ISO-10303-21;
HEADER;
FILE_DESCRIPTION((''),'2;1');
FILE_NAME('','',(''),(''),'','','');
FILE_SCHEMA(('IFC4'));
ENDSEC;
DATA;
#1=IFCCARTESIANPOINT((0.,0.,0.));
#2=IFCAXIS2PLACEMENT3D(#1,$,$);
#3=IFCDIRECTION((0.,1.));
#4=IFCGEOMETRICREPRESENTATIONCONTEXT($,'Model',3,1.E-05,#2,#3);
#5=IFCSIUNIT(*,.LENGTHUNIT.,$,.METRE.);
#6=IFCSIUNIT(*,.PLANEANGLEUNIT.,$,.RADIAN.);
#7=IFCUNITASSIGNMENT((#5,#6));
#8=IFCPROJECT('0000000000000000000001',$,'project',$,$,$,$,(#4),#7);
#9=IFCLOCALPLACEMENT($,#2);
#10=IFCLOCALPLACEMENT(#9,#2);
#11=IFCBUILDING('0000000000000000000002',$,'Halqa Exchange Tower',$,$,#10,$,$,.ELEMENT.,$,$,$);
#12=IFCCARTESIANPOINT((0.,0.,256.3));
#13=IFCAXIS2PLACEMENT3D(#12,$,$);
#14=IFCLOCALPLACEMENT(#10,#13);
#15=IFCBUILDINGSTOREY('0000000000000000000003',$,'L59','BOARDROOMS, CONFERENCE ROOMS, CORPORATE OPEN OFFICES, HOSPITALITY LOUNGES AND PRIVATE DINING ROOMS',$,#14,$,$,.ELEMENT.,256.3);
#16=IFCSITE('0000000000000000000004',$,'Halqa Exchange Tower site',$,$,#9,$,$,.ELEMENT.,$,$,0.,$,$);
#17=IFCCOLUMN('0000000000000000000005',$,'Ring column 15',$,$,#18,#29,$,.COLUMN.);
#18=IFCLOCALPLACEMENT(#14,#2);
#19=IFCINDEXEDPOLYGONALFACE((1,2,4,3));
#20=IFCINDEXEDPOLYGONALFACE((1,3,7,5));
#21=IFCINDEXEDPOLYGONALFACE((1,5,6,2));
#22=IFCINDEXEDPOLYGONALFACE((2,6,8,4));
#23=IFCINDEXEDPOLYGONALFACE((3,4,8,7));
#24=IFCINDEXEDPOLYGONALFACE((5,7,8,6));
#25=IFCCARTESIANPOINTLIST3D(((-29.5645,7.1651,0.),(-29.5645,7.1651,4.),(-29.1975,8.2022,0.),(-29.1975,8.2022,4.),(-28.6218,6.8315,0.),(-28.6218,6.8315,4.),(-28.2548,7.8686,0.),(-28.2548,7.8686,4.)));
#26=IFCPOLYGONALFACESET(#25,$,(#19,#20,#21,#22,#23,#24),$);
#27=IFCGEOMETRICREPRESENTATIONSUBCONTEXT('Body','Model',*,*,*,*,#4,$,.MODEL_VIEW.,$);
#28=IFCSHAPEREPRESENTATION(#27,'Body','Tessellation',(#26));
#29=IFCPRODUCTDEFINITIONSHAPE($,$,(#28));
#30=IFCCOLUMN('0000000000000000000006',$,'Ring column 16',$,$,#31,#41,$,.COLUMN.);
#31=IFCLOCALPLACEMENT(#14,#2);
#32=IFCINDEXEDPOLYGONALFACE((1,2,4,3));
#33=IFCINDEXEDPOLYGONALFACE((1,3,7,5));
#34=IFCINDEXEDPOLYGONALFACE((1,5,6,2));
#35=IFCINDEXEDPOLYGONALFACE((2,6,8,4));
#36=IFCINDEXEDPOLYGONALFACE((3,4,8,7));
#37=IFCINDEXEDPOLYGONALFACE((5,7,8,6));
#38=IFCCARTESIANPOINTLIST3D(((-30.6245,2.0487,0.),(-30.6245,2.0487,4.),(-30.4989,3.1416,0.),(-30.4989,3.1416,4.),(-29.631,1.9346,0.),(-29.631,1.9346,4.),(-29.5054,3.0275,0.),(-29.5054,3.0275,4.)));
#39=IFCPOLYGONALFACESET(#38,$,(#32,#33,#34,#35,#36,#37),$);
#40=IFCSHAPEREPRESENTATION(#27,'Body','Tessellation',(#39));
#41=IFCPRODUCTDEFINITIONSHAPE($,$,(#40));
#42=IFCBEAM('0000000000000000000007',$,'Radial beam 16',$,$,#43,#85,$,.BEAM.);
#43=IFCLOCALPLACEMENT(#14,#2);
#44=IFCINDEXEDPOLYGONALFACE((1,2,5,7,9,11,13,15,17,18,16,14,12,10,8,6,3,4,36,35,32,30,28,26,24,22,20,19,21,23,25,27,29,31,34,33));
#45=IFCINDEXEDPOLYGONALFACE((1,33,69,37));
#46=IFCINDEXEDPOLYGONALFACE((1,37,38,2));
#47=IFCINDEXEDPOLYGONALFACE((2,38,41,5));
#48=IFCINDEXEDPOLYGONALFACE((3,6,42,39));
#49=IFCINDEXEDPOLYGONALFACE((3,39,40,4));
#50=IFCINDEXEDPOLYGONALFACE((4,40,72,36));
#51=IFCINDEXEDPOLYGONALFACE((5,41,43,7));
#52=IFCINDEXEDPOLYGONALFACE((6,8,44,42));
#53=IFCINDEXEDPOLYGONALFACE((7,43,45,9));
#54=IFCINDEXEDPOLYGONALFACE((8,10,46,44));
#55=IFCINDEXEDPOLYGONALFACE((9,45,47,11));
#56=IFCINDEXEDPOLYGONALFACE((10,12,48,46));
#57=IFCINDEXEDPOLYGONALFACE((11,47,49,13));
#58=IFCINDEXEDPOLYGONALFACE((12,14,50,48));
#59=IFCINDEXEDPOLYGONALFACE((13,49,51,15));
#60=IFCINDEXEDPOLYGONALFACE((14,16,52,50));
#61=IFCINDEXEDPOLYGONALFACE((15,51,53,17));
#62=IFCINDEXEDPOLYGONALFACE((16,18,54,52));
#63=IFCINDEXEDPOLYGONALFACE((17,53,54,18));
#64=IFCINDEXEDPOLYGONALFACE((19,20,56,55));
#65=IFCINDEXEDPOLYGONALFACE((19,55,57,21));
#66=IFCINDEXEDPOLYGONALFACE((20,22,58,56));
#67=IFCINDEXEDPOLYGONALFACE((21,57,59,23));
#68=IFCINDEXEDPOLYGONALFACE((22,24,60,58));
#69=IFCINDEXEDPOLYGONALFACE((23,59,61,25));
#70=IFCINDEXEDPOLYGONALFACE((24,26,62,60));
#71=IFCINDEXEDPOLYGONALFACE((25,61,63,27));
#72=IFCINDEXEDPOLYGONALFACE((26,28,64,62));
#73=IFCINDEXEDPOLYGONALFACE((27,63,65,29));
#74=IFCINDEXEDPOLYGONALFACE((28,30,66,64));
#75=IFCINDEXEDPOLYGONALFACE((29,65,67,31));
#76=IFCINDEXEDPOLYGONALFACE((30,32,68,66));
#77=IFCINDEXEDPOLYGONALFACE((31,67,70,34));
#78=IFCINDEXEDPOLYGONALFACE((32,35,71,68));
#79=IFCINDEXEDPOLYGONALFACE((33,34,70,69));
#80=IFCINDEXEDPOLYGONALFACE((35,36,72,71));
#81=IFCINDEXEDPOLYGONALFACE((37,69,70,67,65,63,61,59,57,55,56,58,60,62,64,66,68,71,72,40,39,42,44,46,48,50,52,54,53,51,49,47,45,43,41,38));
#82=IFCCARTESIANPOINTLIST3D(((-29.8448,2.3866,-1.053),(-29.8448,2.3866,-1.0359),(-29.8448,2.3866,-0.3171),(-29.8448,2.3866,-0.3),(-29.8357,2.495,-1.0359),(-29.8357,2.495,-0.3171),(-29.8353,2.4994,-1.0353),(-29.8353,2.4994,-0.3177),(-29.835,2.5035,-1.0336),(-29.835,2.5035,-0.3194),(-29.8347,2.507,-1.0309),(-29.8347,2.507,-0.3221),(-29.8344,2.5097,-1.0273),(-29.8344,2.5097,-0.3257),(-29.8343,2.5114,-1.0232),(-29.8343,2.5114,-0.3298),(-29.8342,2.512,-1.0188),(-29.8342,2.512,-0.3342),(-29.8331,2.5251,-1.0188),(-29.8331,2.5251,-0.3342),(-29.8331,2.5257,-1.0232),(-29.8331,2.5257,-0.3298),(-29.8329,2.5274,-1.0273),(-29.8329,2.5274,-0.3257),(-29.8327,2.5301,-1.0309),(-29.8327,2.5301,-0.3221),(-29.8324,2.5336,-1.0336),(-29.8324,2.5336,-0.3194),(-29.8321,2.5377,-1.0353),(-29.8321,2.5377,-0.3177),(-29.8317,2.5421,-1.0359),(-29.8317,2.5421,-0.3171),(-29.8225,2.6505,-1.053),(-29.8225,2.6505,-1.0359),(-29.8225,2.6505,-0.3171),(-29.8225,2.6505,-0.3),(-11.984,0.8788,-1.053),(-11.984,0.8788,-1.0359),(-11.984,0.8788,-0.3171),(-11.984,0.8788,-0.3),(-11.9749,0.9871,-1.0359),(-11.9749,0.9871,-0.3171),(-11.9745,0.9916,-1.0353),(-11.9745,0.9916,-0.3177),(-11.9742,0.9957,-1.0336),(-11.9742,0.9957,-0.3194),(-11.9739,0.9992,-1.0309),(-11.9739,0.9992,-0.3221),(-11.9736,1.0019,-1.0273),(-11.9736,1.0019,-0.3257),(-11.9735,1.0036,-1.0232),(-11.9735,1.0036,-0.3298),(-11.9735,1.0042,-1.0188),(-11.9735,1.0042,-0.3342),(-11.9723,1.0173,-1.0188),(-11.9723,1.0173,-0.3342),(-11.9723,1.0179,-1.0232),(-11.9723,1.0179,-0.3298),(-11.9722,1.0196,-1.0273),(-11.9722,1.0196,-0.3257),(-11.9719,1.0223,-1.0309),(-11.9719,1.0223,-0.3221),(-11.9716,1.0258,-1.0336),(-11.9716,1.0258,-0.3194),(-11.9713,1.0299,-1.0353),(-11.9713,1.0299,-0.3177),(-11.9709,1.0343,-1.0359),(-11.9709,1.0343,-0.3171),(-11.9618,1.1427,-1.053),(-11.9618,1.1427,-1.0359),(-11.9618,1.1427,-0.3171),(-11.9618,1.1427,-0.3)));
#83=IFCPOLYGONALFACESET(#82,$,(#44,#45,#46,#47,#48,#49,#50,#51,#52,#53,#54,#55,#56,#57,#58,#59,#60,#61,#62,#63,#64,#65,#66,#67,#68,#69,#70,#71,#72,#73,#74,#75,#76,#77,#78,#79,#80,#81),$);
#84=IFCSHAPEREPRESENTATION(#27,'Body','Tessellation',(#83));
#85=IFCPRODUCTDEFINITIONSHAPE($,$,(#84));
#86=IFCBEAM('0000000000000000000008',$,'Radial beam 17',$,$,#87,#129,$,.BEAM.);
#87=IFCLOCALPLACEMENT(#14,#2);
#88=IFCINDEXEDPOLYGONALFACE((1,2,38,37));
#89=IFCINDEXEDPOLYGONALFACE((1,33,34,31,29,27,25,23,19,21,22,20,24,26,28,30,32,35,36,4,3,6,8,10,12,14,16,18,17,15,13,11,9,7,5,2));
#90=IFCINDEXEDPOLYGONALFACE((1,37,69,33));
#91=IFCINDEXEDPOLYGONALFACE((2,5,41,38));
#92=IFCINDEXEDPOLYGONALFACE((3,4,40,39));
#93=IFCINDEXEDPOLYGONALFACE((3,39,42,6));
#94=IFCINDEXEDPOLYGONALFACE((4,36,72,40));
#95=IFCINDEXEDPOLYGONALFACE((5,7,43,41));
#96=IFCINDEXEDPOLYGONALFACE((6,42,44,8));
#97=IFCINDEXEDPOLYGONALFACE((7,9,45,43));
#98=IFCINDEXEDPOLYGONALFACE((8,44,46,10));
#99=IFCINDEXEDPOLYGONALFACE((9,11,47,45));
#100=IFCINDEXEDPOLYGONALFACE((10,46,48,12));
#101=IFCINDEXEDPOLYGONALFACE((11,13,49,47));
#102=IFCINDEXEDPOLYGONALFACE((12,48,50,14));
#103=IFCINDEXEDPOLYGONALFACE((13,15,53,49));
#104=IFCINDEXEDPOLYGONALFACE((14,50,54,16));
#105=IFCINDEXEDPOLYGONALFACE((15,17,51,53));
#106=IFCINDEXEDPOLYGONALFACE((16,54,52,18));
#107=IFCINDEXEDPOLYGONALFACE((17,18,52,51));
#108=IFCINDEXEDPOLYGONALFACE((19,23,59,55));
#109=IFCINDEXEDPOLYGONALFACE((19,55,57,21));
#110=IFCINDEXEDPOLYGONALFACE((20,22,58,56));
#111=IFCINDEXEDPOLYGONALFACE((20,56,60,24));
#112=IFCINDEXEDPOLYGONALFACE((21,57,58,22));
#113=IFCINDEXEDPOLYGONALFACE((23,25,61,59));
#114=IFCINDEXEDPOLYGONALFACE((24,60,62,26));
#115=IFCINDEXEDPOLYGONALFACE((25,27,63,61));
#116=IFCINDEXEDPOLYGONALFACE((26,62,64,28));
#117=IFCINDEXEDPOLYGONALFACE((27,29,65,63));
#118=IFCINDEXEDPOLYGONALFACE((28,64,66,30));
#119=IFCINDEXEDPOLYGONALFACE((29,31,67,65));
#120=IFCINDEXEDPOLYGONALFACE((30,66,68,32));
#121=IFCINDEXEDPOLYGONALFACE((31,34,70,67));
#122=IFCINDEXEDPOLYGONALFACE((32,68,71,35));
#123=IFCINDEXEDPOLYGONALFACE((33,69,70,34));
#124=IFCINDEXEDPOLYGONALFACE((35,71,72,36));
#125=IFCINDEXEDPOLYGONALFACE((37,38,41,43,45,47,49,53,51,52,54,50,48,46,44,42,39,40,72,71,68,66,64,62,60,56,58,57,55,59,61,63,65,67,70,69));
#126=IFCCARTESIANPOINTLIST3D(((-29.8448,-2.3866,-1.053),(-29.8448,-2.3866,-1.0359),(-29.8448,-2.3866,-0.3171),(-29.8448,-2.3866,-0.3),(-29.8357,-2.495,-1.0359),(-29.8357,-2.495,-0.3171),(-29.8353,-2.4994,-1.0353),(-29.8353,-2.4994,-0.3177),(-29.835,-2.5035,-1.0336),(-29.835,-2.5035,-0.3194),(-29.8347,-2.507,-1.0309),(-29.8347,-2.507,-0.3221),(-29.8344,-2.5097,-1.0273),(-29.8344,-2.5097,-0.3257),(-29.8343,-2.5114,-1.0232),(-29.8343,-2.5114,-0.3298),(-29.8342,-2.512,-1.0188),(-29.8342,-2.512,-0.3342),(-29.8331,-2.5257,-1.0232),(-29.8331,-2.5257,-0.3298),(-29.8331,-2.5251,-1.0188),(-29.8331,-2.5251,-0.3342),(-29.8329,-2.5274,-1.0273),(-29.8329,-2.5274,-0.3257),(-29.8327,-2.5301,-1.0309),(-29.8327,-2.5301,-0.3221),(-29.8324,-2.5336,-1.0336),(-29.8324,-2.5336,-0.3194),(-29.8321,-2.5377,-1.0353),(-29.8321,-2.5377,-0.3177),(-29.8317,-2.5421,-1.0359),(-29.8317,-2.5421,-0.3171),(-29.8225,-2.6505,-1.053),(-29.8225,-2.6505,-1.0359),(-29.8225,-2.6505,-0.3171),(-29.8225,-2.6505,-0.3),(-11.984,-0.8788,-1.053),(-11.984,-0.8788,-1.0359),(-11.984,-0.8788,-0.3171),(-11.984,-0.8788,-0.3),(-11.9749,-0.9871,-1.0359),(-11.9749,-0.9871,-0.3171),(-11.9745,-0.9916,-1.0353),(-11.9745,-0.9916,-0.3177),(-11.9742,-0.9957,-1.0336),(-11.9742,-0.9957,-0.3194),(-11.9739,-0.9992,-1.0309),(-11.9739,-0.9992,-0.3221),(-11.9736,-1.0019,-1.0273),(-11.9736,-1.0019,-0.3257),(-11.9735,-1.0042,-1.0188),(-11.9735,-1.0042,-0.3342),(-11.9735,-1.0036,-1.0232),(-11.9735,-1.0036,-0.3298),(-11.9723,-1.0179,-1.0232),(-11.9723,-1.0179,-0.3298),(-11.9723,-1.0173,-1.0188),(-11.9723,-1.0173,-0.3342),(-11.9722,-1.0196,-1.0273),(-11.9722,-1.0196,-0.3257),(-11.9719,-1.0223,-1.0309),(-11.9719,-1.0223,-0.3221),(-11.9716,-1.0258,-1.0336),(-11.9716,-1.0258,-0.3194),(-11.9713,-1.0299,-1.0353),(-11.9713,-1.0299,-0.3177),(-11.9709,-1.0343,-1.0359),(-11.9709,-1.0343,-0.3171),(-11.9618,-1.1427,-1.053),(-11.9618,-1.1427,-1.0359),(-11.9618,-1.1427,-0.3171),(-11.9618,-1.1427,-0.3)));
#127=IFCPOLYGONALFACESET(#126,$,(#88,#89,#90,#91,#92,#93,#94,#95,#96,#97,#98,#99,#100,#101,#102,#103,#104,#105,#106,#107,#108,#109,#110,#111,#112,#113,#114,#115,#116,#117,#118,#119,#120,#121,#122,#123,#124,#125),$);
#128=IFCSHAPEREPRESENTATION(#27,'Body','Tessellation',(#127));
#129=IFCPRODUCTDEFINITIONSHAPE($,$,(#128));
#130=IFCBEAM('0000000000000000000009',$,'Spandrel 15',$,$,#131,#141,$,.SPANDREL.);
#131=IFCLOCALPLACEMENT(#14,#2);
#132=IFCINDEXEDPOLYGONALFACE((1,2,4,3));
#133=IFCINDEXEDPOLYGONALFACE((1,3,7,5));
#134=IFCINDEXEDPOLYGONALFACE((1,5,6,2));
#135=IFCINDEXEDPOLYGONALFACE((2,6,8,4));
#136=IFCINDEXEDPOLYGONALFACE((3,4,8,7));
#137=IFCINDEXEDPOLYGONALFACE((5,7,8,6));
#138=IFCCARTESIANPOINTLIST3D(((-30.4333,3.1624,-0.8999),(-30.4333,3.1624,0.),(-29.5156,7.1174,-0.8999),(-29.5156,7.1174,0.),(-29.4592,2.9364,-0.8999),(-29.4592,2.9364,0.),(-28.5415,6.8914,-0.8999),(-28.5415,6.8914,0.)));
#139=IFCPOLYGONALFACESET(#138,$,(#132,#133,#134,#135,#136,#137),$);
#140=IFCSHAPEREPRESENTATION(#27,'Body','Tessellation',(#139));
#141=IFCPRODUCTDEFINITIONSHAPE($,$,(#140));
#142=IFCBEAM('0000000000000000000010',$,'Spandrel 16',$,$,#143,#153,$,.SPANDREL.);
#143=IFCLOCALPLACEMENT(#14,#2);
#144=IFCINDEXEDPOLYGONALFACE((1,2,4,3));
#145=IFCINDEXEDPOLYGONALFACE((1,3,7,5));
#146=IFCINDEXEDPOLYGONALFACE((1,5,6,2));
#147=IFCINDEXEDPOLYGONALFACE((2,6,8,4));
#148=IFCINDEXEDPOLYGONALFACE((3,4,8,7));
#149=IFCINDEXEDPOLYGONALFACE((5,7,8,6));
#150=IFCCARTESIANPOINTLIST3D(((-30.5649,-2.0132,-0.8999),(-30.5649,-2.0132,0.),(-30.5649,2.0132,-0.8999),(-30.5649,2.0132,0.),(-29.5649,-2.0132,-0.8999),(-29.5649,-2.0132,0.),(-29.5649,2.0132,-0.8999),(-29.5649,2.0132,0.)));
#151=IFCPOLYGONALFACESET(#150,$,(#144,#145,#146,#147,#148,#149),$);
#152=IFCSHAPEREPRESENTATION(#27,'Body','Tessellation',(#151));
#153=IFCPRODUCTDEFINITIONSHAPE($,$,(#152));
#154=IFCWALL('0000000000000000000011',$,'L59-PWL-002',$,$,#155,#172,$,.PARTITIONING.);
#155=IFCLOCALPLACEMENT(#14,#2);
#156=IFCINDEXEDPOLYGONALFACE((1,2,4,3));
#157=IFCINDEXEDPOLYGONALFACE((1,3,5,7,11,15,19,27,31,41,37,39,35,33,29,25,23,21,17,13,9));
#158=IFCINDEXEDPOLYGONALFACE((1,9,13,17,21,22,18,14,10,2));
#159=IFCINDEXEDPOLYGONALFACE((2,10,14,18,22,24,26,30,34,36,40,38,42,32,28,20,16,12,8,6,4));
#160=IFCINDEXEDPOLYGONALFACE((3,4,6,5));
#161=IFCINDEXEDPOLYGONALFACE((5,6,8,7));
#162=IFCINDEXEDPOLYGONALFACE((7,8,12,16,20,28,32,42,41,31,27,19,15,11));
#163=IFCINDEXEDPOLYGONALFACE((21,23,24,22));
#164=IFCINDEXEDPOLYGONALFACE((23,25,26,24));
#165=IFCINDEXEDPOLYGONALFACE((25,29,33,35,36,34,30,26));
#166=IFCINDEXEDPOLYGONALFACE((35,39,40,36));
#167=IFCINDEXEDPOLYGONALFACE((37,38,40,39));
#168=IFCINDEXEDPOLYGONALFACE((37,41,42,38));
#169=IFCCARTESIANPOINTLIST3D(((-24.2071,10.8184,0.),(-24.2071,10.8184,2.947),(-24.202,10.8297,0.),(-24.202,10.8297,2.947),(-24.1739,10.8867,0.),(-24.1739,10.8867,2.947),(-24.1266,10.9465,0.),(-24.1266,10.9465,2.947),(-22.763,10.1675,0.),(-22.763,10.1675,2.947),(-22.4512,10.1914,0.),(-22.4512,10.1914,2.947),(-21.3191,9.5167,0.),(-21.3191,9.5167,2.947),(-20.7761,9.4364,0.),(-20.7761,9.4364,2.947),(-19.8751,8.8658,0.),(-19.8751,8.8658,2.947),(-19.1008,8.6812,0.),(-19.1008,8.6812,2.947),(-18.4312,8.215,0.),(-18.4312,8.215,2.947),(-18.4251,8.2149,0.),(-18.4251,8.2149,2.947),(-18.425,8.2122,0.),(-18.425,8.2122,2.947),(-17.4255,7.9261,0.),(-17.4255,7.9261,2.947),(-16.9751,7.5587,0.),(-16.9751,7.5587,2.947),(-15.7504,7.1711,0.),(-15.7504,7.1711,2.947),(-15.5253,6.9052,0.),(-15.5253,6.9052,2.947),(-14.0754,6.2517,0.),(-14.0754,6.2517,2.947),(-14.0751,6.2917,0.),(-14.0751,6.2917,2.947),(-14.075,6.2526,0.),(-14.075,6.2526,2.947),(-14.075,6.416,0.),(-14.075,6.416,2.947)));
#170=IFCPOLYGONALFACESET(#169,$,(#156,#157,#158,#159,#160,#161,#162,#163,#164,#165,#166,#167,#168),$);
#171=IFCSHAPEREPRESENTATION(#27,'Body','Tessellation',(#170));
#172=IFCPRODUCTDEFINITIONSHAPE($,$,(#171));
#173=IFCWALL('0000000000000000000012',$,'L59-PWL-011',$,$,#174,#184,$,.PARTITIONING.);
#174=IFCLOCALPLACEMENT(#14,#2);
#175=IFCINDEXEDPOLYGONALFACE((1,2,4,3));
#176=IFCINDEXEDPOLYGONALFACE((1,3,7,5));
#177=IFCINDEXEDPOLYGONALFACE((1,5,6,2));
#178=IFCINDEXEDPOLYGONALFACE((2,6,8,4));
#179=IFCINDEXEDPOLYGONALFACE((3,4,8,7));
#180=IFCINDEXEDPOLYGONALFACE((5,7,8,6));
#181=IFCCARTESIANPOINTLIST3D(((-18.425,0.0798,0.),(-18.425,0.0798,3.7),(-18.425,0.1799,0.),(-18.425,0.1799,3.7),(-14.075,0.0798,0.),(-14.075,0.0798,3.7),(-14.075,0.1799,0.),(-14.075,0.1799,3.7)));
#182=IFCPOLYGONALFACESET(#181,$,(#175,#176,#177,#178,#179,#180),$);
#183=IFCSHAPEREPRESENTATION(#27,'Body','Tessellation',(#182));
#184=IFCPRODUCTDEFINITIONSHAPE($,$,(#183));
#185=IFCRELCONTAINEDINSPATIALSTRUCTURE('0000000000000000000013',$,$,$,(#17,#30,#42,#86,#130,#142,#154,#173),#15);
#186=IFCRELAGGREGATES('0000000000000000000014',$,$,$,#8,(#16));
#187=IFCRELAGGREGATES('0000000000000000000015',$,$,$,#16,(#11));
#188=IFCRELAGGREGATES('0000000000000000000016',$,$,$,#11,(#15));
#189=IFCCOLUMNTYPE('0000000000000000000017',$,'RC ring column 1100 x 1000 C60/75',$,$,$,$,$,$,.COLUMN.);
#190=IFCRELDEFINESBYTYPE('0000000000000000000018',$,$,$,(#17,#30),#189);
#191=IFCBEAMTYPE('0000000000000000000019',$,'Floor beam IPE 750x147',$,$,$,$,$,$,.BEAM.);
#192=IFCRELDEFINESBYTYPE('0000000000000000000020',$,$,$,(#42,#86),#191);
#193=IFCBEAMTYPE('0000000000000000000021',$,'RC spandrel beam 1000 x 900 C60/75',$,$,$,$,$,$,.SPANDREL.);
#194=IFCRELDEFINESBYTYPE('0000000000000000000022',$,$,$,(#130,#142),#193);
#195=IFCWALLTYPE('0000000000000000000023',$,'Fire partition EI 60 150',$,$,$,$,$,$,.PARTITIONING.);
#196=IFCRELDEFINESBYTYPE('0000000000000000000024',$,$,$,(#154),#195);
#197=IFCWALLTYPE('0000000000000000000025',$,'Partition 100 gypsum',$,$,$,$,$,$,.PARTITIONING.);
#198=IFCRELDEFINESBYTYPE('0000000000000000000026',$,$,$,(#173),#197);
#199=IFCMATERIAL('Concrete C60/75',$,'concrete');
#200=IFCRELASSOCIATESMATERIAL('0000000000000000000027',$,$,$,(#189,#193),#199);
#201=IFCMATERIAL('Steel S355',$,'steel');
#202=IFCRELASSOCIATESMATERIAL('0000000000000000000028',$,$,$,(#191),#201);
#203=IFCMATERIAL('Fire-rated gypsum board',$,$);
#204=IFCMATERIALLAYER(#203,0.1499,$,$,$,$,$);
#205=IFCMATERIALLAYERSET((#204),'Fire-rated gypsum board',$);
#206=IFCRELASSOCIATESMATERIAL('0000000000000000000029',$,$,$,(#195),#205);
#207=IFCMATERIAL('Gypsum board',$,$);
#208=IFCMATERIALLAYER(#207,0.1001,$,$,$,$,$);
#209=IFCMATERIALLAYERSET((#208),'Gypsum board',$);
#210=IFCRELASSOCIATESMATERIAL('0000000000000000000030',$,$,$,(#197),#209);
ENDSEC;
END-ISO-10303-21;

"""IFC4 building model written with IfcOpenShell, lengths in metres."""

from ifc_helpers import new_model, si_unit, direction, frame, frame_2d, origin, origin_2d, place, context, subcontext, project, spatial, polyline, rectangle, i_section, outline, extrude, material, layer, layer_set, material_profile, profile_set, type_object, element, save


model = new_model("IFC4")

# Units and contexts
model_context = context("Model", 3, precision=1e-05, world=origin(), true_north=direction((0.0, 1.0)))
body_context = subcontext(model_context, "Body", "Model", "MODEL_VIEW")
ifc_project = project(units=[si_unit("LENGTHUNIT", "METRE"), si_unit("PLANEANGLEUNIT", "RADIAN")], contexts=[model_context])

# Site, building, storey
site_placement = place(None, origin())
site = spatial("IfcSite", under=ifc_project, at=site_placement, Name="Halqa Exchange Tower site", CompositionType="ELEMENT", RefElevation=0.0)
building_placement = place(site_placement, origin())
building = spatial("IfcBuilding", under=site, at=building_placement, Name="Halqa Exchange Tower", CompositionType="ELEMENT")
storey_placement = place(building_placement, frame((0.0, 0.0, 256.3)))
storey = spatial("IfcBuildingStorey", under=building, at=storey_placement, Name="L59", Description="BOARDROOMS, CONFERENCE ROOMS, CORPORATE OPEN OFFICES, HOSPITALITY LOUNGES AND PRIVATE DINING ROOMS", CompositionType="ELEMENT", Elevation=256.3)

# Columns
ifc_material_1 = material(Name="Concrete C60/75", Category="concrete")
ifc_material_profile_1 = material_profile(ifc_material_1, rectangle(XDim=1.1001, YDim=1.0, at=origin_2d()), Name="1100 x 1000")
ifc_profile_set_1 = profile_set([ifc_material_profile_1], Name="Concrete C60/75")
column_type = type_object("IfcColumnType", Name="RC ring column 1100 x 1000 C60/75", PredefinedType="COLUMN", material=ifc_profile_set_1)
for number, where, z_axis, x_axis, name in (
    (1, (-28.9097, 7.5168, 0.0), (0.0, 0.0, 1.0), (-0.333623, -0.942707, 0.0), "Ring column 15"),
    (2, (-30.0649, 2.5381, 0.0), (0.0, 0.0, 1.0), (-0.114159, -0.993463, 0.0), "Ring column 16"),
):
    element("IfcColumn", number, at=place(storey_placement, frame(where, z_axis=z_axis, x_axis=x_axis)), inside=storey, type_object=column_type, Name=name, PredefinedType="COLUMN", context=body_context, shape_type="SweptSolid", body=[
        extrude(rectangle(XDim=1.1001, YDim=1.0, at=origin_2d()), origin(), (0.0, 0.0, 1.0), 4.0),
    ])

# Beams
ifc_material_2 = material(Name="Steel S355", Category="steel")
ifc_material_profile_2 = material_profile(ifc_material_2, i_section(OverallWidth=0.2649, OverallDepth=0.7529, WebThickness=0.0132, FlangeThickness=0.0171, FilletRadius=0.0171, at=origin_2d()), Name="IPE 750x147")
ifc_profile_set_2 = profile_set([ifc_material_profile_2], Name="Steel S355")
beam_type_1 = type_object("IfcBeamType", Name="Floor beam IPE 750x147", PredefinedType="BEAM", material=ifc_profile_set_2)
for number, where, z_axis, x_axis, name in (
    (3, (-11.9729, 1.0107, -0.6765), (-0.996456, 0.084121, 0.0), (-0.084121, -0.996456, 0.0), "Radial beam 16"),
    (4, (-11.9729, -1.0107, -0.6765), (-0.996456, -0.084121, 0.0), (0.084121, -0.996456, 0.0), "Radial beam 17"),
):
    element("IfcBeam", number, at=place(storey_placement, frame(where, z_axis=z_axis, x_axis=x_axis)), inside=storey, type_object=beam_type_1, Name=name, PredefinedType="BEAM", context=body_context, shape_type="SweptSolid", body=[
        extrude(i_section(OverallWidth=0.2649, OverallDepth=0.7529, WebThickness=0.0132, FlangeThickness=0.0171, FilletRadius=0.0171, at=origin_2d()), origin(), (0.0, 0.0, 1.0), 17.9243),
    ])
ifc_material_profile_3 = material_profile(ifc_material_1, rectangle(XDim=1.0, YDim=0.8999, at=origin_2d()), Name="1000 x 900")
ifc_profile_set_3 = profile_set([ifc_material_profile_3], Name="Concrete C60/75")
beam_type_2 = type_object("IfcBeamType", Name="RC spandrel beam 1000 x 900 C60/75", PredefinedType="SPANDREL", material=ifc_profile_set_3)
beam_1_placement = place(storey_placement, frame((-29.0286, 7.0044, -0.45), z_axis=(-0.226032, -0.97412, 0.0), x_axis=(0.97412, -0.226032, 0.0)))
element("IfcBeam", 5, at=beam_1_placement, inside=storey, type_object=beam_type_2, Name="Spandrel 15", PredefinedType="SPANDREL", context=body_context, shape_type="SweptSolid", body=[
    extrude(rectangle(XDim=1.0, YDim=0.8999, at=origin_2d()), origin(), (0.0, 0.0, 1.0), 4.0601),
])
beam_2_placement = place(storey_placement, frame((-30.0649, 2.0132, -0.45), z_axis=(0.0, -1.0, 0.0), x_axis=(1.0, 0.0, 0.0)))
element("IfcBeam", 6, at=beam_2_placement, inside=storey, type_object=beam_type_2, Name="Spandrel 16", PredefinedType="SPANDREL", context=body_context, shape_type="SweptSolid", body=[
    extrude(rectangle(XDim=1.0, YDim=0.8999, at=origin_2d()), origin(), (0.0, 0.0, 1.0), 4.0264),
])

# Shared definitions
ifc_material_3 = material(Name="Gypsum board")

# Walls
ifc_material_4 = material(Name="Fire-rated gypsum board")
ifc_layer_1 = layer(ifc_material_4, 0.1499)
ifc_layer_set_1 = layer_set([ifc_layer_1], Name="Fire-rated gypsum board")
wall_type_1 = type_object("IfcWallType", Name="Fire partition EI 60 150", PredefinedType="PARTITIONING", material=ifc_layer_set_1)
wall_1_placement = place(storey_placement, frame((-24.1763, 10.8867, 0.0), z_axis=(0.0, 0.0, 1.0), x_axis=(0.911671, -0.410921, 0.0)))
element("IfcWall", 7, at=wall_1_placement, inside=storey, type_object=wall_type_1, Name="L59-PWL-002", PredefinedType="PARTITIONING", context=body_context, shape_type="SweptSolid", body=[
    extrude(outline(polyline([(0.0, -0.075), (1.584, -0.075), (3.1677, -0.075), (4.7517, -0.075), (6.3354, -0.075), (6.3411, -0.0725), (6.3423, -0.075), (7.9326, -0.075), (9.5229, -0.075), (11.1133, -0.075), (11.1133, -0.074), (11.0972, -0.0383), (11.0972, -0.0383), (11.0461, 0.075), (9.2085, 0.075), (7.3711, 0.075), (5.5334, 0.075), (3.6958, 0.075), (1.8584, 0.075), (0.0208, 0.075), (0.0022, 0.001), (0.0, -0.0625), (0.0, -0.075)])), origin(), (0.0, 0.0, 1.0), 2.947),
])
ifc_layer_2 = layer(ifc_material_3, 0.1001)
ifc_layer_set_2 = layer_set([ifc_layer_2], Name="Gypsum board")
wall_type_2 = type_object("IfcWallType", Name="Partition 100 gypsum", PredefinedType="PARTITIONING", material=ifc_layer_set_2)
wall_2_placement = place(storey_placement, frame((-14.075, 0.1299, 0.0), z_axis=(0.0, 0.0, 1.0), x_axis=(-1.0, 0.0, 0.0)))
element("IfcWall", 8, at=wall_2_placement, inside=storey, type_object=wall_type_2, Name="L59-PWL-011", PredefinedType="PARTITIONING", context=body_context, shape_type="SweptSolid", body=[
    extrude(rectangle(XDim=4.3501, YDim=0.1001, at=frame_2d((2.175, 0.0))), origin(), (0.0, 0.0, 1.0), 3.7),
])

save(model, "model.ifc")
